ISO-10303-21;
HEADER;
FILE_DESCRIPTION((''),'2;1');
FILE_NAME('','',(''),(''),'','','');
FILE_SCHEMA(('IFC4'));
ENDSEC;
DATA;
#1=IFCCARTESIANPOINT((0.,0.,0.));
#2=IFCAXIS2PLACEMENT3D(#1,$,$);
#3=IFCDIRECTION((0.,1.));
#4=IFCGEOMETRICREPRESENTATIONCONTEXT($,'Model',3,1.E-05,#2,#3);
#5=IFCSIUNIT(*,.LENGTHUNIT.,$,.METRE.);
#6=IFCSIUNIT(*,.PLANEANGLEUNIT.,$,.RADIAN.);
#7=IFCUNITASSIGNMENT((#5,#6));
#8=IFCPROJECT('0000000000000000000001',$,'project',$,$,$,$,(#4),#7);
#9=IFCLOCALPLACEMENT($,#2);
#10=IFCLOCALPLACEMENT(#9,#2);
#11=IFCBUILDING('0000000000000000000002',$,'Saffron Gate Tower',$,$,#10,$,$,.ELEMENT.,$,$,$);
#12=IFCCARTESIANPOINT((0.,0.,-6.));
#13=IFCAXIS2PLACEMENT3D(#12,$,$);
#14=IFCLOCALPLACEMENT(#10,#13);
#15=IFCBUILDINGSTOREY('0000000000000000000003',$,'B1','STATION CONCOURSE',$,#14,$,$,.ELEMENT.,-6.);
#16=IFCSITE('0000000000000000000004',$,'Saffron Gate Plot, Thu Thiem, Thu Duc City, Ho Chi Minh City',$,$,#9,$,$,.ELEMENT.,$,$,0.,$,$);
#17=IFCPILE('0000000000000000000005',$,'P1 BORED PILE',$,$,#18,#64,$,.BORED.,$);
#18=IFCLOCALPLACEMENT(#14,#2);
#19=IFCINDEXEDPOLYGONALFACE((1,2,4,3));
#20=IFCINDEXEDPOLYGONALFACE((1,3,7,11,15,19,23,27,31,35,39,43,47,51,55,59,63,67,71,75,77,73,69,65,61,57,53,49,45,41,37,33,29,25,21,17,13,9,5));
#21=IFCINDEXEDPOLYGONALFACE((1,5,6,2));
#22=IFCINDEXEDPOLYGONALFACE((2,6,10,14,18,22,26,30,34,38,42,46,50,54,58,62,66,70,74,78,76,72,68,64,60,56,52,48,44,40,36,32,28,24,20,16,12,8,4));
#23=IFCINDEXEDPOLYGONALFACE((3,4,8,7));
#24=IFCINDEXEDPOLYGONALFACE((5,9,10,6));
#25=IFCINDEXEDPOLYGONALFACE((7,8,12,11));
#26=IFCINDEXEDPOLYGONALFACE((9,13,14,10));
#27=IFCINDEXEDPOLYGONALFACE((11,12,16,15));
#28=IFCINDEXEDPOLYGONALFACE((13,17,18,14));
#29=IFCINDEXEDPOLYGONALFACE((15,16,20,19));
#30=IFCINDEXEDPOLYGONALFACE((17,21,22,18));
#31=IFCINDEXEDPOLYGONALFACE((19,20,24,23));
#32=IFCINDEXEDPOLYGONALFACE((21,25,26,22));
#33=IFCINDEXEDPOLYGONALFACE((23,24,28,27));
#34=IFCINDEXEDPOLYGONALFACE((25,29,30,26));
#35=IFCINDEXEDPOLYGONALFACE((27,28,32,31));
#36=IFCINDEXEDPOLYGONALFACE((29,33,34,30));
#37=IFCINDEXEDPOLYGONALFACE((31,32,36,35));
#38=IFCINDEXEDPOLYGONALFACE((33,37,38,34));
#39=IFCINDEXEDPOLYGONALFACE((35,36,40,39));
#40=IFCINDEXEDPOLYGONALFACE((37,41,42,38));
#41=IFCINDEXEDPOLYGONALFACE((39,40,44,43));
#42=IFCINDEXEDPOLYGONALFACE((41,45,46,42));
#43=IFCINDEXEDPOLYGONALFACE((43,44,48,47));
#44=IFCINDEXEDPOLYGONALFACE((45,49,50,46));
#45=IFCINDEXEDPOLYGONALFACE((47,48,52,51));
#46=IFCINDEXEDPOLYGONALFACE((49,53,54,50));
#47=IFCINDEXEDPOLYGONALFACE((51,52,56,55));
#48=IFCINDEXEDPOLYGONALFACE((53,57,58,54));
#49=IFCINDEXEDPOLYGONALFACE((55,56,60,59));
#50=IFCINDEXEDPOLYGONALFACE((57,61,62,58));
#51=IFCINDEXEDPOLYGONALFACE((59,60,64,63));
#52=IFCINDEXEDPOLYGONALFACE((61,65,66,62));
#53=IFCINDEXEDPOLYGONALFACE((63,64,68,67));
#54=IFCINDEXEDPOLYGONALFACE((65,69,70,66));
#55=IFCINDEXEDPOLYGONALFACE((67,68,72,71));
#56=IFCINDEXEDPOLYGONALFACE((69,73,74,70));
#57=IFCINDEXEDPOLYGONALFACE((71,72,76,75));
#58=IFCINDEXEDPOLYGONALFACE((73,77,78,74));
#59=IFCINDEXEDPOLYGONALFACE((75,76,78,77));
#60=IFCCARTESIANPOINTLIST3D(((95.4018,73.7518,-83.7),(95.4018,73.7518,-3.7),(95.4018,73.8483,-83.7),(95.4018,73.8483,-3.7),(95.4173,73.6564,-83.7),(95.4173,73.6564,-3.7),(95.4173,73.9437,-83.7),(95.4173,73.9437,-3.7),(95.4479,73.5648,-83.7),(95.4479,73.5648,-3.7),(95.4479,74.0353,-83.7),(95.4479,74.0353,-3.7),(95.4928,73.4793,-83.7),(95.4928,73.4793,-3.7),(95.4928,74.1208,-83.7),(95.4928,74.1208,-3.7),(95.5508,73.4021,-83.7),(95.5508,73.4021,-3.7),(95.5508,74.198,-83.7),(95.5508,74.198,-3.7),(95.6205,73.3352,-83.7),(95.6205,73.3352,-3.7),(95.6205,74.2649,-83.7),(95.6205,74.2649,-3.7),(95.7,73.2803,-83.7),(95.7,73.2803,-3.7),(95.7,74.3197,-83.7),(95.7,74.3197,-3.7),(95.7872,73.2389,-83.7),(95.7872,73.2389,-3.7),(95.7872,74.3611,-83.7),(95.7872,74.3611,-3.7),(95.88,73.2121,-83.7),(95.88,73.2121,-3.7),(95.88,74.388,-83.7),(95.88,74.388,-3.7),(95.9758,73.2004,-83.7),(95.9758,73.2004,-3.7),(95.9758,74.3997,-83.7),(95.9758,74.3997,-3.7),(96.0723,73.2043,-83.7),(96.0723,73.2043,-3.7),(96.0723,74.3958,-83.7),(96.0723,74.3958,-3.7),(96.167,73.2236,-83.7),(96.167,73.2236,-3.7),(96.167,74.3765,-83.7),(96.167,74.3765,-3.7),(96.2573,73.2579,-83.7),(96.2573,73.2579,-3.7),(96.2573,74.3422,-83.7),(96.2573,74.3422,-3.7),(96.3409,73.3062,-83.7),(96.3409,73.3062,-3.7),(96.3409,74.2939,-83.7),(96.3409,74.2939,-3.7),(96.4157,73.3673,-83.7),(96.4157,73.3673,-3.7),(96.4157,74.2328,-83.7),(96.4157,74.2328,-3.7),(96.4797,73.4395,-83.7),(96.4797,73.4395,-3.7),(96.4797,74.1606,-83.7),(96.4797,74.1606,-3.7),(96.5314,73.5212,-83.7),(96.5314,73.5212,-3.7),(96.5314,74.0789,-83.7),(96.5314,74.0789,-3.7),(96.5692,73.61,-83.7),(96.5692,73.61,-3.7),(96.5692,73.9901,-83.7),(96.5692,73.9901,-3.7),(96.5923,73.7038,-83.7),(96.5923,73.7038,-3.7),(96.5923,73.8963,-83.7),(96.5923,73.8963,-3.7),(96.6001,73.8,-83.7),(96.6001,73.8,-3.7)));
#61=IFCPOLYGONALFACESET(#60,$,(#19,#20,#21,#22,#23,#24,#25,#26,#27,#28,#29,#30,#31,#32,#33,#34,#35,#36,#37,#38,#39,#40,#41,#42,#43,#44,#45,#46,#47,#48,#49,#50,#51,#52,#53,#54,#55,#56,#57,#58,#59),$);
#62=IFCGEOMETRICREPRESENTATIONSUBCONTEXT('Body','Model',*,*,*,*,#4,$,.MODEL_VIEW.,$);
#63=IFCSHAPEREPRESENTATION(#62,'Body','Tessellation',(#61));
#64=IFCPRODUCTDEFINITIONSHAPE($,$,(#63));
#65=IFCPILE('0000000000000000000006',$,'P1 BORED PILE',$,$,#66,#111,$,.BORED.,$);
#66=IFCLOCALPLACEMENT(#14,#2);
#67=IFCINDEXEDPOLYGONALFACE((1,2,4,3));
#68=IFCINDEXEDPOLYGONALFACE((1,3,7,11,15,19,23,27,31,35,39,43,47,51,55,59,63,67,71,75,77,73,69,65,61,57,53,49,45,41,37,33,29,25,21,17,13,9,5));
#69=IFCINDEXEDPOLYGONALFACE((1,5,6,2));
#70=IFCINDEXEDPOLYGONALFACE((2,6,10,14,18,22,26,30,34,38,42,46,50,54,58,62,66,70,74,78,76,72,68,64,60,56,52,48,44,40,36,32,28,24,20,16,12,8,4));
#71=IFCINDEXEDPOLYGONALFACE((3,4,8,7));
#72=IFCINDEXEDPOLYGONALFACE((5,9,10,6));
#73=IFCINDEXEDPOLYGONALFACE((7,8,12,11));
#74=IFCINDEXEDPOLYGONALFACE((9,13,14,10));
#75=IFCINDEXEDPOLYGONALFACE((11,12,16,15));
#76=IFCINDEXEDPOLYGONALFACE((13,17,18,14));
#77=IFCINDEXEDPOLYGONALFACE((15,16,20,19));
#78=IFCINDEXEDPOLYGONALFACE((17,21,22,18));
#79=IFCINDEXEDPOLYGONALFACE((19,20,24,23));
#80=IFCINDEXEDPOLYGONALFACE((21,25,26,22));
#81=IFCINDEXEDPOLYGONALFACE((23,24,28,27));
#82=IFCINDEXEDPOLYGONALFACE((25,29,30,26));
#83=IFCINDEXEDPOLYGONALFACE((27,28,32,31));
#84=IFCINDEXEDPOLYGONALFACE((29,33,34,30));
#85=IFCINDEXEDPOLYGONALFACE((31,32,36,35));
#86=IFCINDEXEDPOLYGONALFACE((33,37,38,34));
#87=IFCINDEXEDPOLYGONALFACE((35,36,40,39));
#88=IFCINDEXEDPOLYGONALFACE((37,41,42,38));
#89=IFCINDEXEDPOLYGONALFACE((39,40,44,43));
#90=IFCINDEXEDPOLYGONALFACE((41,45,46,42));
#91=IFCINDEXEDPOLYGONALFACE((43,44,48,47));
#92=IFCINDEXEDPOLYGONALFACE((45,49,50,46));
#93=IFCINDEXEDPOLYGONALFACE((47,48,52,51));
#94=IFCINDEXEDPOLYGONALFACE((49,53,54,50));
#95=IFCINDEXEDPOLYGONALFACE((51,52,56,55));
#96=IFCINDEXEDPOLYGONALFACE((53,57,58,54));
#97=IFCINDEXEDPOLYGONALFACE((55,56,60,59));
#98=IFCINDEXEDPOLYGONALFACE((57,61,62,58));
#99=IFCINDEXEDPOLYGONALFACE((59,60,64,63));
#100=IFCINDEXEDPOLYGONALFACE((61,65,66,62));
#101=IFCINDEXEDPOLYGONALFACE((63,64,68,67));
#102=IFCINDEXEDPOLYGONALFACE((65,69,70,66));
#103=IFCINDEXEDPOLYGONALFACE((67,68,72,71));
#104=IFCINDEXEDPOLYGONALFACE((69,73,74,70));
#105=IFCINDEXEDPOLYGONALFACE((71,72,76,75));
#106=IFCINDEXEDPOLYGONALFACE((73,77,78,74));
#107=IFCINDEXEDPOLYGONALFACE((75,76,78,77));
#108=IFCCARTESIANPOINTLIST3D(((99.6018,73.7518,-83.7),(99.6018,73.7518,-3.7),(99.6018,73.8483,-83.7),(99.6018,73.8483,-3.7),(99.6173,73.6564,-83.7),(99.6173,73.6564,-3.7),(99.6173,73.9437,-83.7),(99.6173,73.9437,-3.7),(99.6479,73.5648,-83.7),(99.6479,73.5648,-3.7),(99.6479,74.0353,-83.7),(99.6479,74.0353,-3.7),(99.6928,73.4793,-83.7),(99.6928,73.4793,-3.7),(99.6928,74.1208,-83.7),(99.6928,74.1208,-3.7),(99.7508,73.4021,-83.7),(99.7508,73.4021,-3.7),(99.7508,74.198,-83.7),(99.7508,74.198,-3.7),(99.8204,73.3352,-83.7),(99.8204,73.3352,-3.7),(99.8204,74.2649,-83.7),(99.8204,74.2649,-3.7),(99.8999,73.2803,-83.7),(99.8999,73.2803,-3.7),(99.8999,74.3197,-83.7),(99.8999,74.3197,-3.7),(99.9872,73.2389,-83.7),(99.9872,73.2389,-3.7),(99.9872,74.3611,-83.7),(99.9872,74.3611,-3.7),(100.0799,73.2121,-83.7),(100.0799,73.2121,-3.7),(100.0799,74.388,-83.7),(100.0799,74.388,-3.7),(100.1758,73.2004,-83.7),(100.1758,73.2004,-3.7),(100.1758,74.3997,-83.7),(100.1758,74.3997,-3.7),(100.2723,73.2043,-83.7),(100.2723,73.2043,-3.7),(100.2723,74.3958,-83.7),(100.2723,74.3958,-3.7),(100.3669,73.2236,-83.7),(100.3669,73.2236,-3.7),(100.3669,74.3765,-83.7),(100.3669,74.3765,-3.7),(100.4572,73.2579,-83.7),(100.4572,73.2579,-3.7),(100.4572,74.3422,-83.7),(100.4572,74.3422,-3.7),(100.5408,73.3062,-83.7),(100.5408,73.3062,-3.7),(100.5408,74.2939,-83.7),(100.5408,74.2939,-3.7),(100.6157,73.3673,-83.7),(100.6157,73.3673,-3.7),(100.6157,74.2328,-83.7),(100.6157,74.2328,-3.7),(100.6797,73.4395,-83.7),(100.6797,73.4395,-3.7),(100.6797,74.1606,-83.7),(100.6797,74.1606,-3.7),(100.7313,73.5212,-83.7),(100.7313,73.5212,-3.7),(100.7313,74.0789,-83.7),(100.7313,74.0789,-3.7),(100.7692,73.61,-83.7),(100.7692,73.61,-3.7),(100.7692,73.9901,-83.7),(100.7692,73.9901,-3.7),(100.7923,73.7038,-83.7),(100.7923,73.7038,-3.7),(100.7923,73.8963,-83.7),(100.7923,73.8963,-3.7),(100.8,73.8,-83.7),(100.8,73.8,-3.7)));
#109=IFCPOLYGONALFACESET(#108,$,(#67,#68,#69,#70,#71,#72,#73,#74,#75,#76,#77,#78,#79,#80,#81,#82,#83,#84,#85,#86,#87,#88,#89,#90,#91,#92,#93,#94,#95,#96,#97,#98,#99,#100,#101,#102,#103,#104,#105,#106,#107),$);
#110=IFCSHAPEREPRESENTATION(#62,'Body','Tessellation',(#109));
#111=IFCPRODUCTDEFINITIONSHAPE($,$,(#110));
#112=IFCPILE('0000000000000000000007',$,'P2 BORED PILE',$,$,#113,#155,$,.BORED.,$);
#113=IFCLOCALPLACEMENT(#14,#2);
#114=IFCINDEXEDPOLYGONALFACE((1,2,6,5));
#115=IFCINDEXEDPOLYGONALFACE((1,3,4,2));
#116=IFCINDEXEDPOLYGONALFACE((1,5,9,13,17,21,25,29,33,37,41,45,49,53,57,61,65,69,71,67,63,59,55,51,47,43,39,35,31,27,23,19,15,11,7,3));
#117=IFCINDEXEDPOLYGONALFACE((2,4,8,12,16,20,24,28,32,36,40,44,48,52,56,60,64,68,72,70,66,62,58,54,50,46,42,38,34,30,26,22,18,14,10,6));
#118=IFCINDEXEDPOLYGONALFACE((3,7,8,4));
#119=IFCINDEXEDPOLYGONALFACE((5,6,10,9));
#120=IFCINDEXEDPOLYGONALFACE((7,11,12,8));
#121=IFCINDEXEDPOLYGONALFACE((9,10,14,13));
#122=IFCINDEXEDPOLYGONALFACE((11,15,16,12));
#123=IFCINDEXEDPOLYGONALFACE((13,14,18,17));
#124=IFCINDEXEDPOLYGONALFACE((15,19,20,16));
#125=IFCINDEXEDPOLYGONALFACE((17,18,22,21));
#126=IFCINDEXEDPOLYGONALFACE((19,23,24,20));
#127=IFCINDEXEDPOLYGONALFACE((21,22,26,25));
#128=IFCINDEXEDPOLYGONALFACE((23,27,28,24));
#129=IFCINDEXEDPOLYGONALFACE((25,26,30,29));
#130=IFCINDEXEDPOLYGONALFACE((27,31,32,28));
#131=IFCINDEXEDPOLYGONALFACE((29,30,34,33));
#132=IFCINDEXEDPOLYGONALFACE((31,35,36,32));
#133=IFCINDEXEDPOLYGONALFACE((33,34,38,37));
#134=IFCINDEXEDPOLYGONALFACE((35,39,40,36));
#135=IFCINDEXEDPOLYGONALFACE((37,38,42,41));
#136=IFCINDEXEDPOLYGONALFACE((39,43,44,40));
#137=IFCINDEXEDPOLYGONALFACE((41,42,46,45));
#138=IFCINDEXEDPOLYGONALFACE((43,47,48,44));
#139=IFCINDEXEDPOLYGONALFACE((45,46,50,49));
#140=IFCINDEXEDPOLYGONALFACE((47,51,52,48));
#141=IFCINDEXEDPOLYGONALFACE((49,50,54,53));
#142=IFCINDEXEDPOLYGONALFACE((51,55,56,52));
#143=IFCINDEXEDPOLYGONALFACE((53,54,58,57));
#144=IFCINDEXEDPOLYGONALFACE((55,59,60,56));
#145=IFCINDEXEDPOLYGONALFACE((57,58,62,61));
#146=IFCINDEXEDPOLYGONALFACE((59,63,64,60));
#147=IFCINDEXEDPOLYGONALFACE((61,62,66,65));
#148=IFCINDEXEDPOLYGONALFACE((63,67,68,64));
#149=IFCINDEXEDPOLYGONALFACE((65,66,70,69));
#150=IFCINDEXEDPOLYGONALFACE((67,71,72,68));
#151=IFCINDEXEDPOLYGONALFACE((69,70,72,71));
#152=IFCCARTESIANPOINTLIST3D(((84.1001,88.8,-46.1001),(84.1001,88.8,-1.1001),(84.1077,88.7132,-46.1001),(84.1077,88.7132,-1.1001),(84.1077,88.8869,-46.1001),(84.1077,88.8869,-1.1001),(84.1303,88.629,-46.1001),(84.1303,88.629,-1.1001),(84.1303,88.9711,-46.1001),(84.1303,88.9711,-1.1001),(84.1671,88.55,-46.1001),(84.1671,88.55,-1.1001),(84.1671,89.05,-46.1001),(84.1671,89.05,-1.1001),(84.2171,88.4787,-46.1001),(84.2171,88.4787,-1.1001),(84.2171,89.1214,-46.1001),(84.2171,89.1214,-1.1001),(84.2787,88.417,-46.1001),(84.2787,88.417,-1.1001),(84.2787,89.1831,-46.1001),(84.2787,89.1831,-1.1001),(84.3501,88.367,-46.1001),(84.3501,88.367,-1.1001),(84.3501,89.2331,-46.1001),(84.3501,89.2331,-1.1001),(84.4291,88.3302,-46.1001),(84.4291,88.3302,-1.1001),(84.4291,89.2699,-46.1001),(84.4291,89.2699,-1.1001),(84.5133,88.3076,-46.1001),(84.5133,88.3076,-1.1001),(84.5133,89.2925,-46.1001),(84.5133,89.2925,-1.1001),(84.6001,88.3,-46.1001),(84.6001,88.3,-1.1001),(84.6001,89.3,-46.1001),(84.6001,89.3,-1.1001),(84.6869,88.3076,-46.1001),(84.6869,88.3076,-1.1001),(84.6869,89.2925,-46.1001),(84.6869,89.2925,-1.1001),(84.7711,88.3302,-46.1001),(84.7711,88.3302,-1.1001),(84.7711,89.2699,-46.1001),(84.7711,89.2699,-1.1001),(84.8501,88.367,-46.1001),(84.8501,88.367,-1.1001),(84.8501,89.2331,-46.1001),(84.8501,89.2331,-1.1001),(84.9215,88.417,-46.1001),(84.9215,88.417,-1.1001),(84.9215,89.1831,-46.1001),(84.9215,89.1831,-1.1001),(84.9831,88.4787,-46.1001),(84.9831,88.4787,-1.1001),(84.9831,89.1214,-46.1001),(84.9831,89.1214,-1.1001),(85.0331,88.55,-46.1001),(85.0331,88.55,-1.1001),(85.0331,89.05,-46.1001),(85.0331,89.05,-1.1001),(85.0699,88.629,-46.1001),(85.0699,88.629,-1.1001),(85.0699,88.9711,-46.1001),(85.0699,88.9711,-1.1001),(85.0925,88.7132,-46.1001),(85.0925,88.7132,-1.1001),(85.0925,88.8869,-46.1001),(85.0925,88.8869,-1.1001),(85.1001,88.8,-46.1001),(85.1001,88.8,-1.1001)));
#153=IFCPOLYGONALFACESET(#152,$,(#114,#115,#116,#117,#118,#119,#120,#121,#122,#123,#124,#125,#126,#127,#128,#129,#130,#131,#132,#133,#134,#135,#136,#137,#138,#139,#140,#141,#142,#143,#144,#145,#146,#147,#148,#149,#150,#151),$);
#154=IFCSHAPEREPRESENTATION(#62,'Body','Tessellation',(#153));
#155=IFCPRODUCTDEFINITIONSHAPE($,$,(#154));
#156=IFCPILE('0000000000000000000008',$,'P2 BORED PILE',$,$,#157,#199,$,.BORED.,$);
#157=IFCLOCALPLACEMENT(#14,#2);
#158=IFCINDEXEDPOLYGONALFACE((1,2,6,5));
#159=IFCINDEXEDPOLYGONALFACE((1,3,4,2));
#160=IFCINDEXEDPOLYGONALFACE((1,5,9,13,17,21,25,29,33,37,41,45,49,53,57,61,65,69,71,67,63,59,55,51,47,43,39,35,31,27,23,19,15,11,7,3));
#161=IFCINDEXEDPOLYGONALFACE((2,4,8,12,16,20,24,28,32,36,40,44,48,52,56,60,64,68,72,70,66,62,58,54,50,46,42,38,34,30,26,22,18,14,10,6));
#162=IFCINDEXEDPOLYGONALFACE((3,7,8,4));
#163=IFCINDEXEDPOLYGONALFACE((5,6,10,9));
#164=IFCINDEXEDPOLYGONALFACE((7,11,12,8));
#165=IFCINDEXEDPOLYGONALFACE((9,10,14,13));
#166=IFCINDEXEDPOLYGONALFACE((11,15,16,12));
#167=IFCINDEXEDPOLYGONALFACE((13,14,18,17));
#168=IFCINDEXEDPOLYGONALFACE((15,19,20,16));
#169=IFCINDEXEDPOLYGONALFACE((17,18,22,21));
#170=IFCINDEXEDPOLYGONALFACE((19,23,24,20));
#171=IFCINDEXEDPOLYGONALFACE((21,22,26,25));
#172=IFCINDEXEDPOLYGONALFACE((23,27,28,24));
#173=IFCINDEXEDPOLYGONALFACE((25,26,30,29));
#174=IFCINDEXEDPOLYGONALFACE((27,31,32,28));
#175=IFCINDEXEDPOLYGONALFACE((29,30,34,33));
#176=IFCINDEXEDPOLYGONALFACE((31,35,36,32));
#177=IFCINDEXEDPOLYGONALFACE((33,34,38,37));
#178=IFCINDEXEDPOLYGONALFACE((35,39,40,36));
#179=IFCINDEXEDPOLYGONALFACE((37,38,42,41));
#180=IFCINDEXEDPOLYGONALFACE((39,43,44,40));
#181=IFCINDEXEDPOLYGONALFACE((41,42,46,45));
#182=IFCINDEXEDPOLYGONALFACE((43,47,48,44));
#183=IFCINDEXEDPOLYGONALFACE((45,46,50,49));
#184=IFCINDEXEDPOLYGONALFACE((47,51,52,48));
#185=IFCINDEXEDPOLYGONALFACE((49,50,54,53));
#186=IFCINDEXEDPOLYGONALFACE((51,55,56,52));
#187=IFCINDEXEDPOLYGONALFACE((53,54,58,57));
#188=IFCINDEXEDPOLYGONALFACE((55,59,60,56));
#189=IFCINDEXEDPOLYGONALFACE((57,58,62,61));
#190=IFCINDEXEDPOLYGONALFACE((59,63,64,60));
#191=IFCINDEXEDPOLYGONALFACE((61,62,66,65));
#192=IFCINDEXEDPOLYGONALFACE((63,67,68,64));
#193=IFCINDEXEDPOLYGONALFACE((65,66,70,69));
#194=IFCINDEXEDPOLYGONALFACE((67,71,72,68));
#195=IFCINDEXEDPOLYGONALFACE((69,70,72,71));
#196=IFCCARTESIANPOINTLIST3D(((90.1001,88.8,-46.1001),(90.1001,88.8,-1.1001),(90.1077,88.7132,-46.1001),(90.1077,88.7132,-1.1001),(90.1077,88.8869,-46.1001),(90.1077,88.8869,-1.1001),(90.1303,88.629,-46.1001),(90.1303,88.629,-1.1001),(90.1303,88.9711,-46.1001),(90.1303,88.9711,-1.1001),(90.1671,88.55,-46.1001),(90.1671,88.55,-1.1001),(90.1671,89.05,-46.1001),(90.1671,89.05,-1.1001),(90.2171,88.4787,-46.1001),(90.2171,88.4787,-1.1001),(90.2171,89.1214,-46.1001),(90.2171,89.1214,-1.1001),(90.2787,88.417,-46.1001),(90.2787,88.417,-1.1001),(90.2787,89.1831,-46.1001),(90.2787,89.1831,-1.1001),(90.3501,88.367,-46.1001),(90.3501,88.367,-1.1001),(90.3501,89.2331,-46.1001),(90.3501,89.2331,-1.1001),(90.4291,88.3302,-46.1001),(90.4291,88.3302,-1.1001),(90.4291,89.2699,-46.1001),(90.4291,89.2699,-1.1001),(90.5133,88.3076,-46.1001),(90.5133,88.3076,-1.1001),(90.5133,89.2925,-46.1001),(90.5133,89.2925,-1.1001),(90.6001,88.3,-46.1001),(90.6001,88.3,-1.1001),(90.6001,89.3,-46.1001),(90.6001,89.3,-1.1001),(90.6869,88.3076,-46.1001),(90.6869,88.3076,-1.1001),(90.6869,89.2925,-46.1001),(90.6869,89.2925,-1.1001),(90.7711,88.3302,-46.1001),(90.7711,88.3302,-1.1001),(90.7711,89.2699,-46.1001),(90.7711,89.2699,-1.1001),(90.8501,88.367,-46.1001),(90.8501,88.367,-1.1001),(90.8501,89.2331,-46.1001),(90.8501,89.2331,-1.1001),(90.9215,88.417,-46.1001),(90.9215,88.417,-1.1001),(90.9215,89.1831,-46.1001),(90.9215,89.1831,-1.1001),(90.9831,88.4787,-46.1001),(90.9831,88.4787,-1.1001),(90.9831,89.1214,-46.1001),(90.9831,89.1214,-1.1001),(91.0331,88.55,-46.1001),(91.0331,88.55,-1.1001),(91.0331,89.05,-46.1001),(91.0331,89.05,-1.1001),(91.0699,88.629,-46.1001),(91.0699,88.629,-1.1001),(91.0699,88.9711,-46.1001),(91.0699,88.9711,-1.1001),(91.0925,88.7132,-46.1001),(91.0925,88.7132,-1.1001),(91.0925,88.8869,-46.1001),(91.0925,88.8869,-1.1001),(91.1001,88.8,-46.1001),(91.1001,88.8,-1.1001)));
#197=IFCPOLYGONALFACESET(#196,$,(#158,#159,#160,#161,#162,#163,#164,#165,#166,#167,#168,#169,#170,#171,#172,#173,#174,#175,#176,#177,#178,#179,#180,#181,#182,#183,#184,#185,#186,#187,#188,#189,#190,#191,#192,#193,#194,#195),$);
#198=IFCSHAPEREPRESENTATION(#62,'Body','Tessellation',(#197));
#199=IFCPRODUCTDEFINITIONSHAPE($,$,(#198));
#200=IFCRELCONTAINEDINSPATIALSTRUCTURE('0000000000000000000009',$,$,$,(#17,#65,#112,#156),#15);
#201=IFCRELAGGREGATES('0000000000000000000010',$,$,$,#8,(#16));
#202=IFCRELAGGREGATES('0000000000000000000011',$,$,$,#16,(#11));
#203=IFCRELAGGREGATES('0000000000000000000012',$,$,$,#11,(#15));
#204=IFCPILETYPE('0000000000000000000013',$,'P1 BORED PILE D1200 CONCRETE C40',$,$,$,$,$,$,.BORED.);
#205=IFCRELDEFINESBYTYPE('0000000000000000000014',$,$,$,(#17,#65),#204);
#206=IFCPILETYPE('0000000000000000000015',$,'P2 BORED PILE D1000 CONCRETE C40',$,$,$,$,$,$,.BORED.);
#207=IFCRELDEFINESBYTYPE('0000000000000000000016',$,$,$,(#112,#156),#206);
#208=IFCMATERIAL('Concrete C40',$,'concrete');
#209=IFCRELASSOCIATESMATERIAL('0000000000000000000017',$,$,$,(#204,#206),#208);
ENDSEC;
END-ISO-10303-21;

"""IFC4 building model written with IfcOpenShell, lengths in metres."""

from ifc_helpers import new_model, si_unit, direction, frame, origin, origin_2d, place, context, subcontext, project, spatial, circle, extrude, material, material_profile, profile_set, type_object, element, save


model = new_model("IFC4")

# Units and contexts
model_context = context("Model", 3, precision=1e-05, world=origin(), true_north=direction((0.0, 1.0)))
body_context = subcontext(model_context, "Body", "Model", "MODEL_VIEW")
ifc_project = project(units=[si_unit("LENGTHUNIT", "METRE"), si_unit("PLANEANGLEUNIT", "RADIAN")], contexts=[model_context])

# Site, building, storey
site_placement = place(None, origin())
site = spatial("IfcSite", under=ifc_project, at=site_placement, Name="Saffron Gate Plot, Thu Thiem, Thu Duc City, Ho Chi Minh City", CompositionType="ELEMENT", RefElevation=0.0)
building_placement = place(site_placement, origin())
building = spatial("IfcBuilding", under=site, at=building_placement, Name="Saffron Gate Tower", CompositionType="ELEMENT")
storey_placement = place(building_placement, frame((0.0, 0.0, -6.0)))
storey = spatial("IfcBuildingStorey", under=building, at=storey_placement, Name="B1", Description="STATION CONCOURSE", CompositionType="ELEMENT", Elevation=-6.0)

# Piles
ifc_material_1 = material(Name="Concrete C40", Category="concrete")
ifc_material_profile_1 = material_profile(ifc_material_1, circle(Radius=0.6001, at=origin_2d()))
ifc_profile_set_1 = profile_set([ifc_material_profile_1], Name="Concrete C40")
pile_type_1 = type_object("IfcPileType", Name="P1 BORED PILE D1200 CONCRETE C40", PredefinedType="BORED", material=ifc_profile_set_1)
for number, where, z_axis, x_axis, name in (
    (1, (96.0, 73.8, -3.7), (0.0, 0.0, -1.0), (1.0, 0.0, 0.0), "P1 BORED PILE"),
    (2, (100.2, 73.8, -3.7), (0.0, 0.0, -1.0), (1.0, 0.0, 0.0), "P1 BORED PILE"),
):
    element("IfcPile", number, at=place(storey_placement, frame(where, z_axis=z_axis, x_axis=x_axis)), inside=storey, type_object=pile_type_1, Name=name, PredefinedType="BORED", context=body_context, shape_type="SweptSolid", body=[
        extrude(circle(Radius=0.6001, at=origin_2d()), origin(), (0.0, 0.0, 1.0), 80.0),
    ])
ifc_material_profile_2 = material_profile(ifc_material_1, circle(Radius=0.5, at=origin_2d()))
ifc_profile_set_2 = profile_set([ifc_material_profile_2], Name="Concrete C40")
pile_type_2 = type_object("IfcPileType", Name="P2 BORED PILE D1000 CONCRETE C40", PredefinedType="BORED", material=ifc_profile_set_2)
for number, where, z_axis, x_axis, name in (
    (3, (84.6001, 88.8, -1.1001), (0.0, 0.0, -1.0), (1.0, 0.0, 0.0), "P2 BORED PILE"),
    (4, (90.6001, 88.8, -1.1001), (0.0, 0.0, -1.0), (1.0, 0.0, 0.0), "P2 BORED PILE"),
):
    element("IfcPile", number, at=place(storey_placement, frame(where, z_axis=z_axis, x_axis=x_axis)), inside=storey, type_object=pile_type_2, Name=name, PredefinedType="BORED", context=body_context, shape_type="SweptSolid", body=[
        extrude(circle(Radius=0.5, at=origin_2d()), origin(), (0.0, 0.0, 1.0), 45.0),
    ])

save(model, "model.ifc")
